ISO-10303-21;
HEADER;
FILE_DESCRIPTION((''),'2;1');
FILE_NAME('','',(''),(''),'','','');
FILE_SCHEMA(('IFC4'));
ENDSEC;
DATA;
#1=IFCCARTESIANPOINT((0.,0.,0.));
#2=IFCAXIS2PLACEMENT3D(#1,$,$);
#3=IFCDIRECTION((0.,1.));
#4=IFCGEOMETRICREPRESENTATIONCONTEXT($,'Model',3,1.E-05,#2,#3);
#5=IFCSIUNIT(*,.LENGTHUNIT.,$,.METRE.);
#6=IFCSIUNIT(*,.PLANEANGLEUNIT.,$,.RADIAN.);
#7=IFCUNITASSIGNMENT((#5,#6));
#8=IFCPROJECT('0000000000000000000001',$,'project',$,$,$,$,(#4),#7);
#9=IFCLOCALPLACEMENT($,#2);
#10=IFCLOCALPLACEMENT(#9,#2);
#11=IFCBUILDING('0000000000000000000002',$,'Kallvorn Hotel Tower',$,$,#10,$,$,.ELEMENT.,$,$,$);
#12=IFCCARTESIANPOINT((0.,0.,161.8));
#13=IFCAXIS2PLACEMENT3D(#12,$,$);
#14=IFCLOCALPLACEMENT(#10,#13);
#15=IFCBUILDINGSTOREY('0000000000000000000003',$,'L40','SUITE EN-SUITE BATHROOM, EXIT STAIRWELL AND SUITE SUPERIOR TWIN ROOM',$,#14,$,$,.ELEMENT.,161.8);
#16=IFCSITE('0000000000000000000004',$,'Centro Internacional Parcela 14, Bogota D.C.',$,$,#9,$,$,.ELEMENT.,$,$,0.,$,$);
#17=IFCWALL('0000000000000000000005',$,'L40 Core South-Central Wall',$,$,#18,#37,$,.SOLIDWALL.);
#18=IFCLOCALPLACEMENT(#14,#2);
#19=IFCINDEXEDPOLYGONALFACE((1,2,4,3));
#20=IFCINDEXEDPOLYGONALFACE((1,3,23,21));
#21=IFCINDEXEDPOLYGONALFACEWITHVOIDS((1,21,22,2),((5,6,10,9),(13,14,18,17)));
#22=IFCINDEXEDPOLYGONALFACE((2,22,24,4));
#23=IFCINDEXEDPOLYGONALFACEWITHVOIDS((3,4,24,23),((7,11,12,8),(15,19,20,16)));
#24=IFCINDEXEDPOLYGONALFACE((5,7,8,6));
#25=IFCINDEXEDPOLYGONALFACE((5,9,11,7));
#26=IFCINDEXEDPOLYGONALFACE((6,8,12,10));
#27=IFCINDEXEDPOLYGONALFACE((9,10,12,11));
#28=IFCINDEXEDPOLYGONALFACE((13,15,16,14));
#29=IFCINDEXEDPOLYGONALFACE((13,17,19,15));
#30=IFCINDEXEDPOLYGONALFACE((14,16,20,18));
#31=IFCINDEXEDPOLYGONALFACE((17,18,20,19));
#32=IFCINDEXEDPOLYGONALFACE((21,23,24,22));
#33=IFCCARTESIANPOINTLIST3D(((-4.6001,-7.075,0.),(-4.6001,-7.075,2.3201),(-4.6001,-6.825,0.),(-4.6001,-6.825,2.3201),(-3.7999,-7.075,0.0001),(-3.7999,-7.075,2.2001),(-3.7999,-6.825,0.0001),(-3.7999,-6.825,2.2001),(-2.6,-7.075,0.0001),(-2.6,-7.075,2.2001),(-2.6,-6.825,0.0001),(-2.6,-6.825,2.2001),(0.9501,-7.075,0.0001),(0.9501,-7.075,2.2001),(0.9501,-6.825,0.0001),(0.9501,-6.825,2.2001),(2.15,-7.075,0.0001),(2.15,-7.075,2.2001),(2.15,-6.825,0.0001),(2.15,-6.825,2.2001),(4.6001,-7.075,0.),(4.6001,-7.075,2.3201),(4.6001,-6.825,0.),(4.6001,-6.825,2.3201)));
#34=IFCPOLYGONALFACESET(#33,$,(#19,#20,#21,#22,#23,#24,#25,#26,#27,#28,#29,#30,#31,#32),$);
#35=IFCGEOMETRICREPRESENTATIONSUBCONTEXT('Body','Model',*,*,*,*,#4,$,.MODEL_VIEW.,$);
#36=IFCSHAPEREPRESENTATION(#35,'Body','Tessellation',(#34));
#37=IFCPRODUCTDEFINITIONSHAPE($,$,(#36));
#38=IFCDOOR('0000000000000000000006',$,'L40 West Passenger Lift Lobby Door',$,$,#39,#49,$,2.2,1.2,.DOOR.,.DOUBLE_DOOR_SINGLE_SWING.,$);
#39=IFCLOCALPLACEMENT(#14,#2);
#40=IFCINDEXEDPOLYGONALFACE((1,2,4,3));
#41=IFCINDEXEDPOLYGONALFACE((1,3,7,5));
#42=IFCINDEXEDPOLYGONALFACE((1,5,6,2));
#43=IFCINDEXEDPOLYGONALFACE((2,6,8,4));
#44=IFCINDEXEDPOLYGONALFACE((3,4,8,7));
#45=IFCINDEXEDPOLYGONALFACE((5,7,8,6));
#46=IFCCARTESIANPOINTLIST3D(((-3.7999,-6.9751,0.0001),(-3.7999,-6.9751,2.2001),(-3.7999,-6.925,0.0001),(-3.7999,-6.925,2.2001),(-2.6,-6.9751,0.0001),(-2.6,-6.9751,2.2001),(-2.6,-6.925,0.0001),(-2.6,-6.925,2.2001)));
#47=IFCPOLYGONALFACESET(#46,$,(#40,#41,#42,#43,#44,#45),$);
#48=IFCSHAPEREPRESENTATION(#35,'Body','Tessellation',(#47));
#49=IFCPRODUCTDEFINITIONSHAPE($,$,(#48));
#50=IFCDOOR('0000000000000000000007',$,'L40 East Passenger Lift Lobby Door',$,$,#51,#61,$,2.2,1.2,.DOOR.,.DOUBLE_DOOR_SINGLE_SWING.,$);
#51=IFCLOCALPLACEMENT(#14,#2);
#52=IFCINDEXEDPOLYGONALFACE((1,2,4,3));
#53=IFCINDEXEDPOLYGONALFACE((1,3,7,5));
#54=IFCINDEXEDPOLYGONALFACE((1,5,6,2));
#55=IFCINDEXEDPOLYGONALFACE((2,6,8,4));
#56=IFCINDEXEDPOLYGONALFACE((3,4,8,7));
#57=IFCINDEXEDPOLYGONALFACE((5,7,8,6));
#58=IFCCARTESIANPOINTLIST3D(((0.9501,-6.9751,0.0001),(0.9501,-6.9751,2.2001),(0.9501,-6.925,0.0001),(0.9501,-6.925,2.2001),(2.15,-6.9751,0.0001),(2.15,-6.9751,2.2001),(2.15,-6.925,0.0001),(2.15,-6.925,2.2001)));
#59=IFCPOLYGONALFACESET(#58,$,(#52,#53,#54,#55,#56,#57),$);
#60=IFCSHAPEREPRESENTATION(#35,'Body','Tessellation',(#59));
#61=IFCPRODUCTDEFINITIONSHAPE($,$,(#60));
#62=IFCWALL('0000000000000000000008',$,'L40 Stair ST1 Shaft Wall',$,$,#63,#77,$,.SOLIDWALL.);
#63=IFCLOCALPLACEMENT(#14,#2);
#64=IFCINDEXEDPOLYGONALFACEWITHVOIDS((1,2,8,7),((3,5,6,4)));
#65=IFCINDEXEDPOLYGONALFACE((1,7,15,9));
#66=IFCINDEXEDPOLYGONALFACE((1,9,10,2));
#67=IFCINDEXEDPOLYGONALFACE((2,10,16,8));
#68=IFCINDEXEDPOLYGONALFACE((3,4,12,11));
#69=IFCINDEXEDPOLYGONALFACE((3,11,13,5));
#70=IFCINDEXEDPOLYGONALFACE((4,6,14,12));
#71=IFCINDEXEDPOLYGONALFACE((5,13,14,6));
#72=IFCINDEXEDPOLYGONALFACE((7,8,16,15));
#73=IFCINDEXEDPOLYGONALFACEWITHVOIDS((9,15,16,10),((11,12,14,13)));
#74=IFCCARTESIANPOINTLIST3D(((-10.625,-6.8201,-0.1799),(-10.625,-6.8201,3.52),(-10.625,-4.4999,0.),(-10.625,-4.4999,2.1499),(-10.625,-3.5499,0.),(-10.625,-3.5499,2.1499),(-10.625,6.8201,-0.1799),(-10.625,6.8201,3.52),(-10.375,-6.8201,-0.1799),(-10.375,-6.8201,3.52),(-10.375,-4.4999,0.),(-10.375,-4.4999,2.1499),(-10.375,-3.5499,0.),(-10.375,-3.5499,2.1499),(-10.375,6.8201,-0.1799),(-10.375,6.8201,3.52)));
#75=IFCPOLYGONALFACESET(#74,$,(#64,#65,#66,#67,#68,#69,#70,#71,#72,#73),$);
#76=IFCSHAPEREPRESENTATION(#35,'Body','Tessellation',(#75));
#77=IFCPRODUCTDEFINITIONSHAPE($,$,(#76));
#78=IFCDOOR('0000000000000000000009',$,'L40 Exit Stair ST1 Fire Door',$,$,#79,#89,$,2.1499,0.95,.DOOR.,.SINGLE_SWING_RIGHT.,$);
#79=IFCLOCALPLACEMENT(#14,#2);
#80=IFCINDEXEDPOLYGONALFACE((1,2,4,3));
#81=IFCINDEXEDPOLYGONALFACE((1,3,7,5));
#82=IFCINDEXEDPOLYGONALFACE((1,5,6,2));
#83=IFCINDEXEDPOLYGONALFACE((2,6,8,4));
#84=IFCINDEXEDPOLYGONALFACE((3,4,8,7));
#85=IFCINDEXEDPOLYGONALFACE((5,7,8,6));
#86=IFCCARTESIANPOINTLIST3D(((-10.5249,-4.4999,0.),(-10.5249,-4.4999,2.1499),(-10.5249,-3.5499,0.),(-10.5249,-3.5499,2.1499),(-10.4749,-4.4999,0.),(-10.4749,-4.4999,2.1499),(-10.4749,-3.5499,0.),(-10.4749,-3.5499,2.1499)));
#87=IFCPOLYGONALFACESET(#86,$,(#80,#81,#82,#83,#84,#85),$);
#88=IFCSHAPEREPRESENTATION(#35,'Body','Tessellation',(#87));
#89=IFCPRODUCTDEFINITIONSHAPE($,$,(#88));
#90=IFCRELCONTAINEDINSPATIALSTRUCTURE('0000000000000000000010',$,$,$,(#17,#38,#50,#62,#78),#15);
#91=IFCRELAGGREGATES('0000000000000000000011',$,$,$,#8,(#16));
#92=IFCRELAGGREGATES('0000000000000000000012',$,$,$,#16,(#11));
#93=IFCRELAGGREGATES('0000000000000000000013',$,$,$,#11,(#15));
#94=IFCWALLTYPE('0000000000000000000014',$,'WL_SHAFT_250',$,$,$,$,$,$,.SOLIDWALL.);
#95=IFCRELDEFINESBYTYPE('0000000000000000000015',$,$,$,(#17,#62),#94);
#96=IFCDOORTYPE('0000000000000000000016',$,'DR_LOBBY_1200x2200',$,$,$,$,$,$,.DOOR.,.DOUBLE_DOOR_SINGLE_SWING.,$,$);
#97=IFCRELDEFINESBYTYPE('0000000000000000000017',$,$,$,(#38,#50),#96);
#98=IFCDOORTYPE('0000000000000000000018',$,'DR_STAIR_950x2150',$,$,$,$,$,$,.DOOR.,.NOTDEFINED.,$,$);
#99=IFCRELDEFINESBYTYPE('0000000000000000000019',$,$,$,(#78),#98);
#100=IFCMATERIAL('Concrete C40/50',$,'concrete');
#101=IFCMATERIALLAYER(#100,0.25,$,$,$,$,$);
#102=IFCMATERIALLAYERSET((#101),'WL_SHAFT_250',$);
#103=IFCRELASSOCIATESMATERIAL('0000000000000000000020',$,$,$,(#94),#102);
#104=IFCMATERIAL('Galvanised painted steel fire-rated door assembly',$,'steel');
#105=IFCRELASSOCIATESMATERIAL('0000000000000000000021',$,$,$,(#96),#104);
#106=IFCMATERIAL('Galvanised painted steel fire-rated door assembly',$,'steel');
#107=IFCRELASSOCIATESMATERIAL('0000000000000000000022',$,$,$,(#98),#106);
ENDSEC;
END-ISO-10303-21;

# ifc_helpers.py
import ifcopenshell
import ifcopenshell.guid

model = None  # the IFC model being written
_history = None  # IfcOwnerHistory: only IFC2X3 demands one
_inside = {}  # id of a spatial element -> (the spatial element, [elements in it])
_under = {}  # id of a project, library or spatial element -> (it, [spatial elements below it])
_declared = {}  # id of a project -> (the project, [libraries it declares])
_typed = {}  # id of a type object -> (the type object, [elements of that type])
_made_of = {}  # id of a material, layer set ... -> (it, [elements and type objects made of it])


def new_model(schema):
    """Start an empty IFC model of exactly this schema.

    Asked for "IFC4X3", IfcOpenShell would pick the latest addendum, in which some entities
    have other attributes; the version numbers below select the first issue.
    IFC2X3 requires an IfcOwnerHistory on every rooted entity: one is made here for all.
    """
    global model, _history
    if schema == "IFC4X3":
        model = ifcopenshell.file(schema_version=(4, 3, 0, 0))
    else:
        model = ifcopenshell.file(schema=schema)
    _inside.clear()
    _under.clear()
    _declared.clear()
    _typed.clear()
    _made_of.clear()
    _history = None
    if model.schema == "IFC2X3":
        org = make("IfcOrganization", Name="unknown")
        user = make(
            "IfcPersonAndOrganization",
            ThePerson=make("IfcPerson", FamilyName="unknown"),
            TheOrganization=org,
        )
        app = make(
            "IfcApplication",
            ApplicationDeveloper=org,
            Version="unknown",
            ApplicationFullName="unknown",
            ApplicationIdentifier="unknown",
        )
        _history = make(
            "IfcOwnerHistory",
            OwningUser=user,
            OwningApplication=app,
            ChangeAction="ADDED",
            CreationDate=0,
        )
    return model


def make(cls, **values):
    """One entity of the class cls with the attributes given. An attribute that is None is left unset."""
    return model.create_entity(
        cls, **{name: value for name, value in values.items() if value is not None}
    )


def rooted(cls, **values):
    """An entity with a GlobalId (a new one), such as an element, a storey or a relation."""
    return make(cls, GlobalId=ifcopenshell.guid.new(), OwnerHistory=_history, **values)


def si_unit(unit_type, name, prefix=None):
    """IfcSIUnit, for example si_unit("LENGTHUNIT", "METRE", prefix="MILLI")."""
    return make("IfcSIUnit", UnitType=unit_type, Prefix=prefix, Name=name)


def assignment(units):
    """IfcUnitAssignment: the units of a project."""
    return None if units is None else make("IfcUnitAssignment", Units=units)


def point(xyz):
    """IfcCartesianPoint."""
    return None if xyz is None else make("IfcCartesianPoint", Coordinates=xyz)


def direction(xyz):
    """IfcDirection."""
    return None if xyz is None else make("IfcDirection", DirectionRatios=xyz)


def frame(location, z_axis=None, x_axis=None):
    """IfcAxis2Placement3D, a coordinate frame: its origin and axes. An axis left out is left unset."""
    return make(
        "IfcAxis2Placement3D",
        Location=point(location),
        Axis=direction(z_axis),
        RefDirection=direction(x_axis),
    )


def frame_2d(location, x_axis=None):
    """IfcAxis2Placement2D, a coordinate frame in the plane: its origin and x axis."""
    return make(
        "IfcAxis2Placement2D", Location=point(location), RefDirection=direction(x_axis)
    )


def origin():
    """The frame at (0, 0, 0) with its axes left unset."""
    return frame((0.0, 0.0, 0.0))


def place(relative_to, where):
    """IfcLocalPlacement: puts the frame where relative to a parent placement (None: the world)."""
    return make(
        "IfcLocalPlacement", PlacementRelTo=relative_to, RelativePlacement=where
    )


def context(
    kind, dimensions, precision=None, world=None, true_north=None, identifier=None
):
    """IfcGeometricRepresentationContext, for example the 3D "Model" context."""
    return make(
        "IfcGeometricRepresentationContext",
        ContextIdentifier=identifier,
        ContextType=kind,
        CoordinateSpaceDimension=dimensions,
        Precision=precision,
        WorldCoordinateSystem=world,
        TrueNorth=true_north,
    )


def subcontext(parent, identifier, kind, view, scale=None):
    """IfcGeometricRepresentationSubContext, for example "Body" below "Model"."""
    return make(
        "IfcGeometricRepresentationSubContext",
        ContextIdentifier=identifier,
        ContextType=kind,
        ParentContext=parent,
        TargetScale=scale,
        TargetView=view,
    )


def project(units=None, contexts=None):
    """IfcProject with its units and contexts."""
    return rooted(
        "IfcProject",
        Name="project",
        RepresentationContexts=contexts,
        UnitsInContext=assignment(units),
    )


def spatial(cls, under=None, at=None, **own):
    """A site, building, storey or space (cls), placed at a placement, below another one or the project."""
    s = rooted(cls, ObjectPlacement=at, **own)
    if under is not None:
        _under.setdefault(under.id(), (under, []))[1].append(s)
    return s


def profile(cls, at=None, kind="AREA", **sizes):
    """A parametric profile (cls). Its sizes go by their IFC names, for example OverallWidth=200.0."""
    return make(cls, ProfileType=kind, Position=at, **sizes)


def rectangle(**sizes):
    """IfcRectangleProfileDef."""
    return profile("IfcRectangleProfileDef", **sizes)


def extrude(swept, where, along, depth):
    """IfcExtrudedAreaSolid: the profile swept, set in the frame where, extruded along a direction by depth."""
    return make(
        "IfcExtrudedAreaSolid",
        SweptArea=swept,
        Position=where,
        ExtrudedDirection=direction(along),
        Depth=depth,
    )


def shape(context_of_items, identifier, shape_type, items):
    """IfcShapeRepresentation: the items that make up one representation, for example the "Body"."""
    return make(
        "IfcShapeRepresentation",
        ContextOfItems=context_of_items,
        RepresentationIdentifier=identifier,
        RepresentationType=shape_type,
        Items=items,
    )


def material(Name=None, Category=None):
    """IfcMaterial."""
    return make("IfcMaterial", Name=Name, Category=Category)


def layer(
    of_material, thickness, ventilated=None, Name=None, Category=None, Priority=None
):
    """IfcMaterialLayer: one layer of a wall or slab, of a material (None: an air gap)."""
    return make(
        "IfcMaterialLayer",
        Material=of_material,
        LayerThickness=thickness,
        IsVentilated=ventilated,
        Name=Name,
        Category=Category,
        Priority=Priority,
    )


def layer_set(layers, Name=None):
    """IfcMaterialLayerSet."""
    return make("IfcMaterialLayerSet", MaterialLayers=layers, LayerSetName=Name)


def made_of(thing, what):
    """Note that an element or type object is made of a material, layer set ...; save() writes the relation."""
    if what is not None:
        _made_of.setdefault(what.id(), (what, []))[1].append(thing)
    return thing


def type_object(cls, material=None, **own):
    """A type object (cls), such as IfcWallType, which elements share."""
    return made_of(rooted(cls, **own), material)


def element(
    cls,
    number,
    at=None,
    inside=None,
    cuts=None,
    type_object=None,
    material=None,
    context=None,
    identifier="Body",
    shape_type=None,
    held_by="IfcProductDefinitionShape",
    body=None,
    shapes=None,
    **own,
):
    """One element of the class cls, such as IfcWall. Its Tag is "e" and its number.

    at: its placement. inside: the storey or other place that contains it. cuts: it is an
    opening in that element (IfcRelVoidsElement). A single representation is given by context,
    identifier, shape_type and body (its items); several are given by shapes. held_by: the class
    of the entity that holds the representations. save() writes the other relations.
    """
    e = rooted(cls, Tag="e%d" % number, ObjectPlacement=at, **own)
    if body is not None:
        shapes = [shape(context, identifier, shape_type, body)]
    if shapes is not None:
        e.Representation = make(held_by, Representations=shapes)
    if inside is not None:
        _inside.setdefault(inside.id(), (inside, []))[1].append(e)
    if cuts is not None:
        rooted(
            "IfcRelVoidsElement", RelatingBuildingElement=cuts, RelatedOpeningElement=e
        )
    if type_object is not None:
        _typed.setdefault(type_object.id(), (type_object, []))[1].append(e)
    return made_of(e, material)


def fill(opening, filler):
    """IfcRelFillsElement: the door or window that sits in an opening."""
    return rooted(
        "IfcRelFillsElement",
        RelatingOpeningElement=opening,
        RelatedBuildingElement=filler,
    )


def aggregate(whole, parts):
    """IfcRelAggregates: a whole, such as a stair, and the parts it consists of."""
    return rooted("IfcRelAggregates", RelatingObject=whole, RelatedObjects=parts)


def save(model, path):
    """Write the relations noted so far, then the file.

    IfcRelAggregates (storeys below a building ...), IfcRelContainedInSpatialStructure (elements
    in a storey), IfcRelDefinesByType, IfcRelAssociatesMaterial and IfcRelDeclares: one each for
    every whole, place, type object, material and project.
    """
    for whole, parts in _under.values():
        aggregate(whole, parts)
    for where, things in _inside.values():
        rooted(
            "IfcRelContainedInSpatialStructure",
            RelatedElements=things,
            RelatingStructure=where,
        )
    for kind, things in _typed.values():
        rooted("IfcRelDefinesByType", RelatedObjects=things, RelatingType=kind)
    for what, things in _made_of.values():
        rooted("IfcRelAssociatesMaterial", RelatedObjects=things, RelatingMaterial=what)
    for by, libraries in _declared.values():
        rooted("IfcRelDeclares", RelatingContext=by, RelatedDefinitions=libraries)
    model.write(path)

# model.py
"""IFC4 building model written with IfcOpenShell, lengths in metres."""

from ifc_helpers import new_model, si_unit, direction, frame, frame_2d, origin, place, context, subcontext, project, spatial, rectangle, extrude, material, layer, layer_set, type_object, element, fill, save


model = new_model("IFC4")

# Units and contexts
model_context = context("Model", 3, precision=1e-05, world=origin(), true_north=direction((0.0, 1.0)))
body_context = subcontext(model_context, "Body", "Model", "MODEL_VIEW")
ifc_project = project(units=[si_unit("LENGTHUNIT", "METRE"), si_unit("PLANEANGLEUNIT", "RADIAN")], contexts=[model_context])

# Site, building, storey
site_placement = place(None, origin())
site = spatial("IfcSite", under=ifc_project, at=site_placement, Name="Centro Internacional Parcela 14, Bogota D.C.", CompositionType="ELEMENT", RefElevation=0.0)
building_placement = place(site_placement, origin())
building = spatial("IfcBuilding", under=site, at=building_placement, Name="Kallvorn Hotel Tower", CompositionType="ELEMENT")
storey_placement = place(building_placement, frame((0.0, 0.0, 161.8)))
storey = spatial("IfcBuildingStorey", under=building, at=storey_placement, Name="L40", Description="SUITE EN-SUITE BATHROOM, EXIT STAIRWELL AND SUITE SUPERIOR TWIN ROOM", CompositionType="ELEMENT", Elevation=161.8)

# Wall, openings, doors
ifc_material_1 = material(Name="Concrete C40/50", Category="concrete")
ifc_layer_1 = layer(ifc_material_1, 0.25)
ifc_layer_set_1 = layer_set([ifc_layer_1], Name="WL_SHAFT_250")
wall_type_1 = type_object("IfcWallType", Name="WL_SHAFT_250", PredefinedType="SOLIDWALL", material=ifc_layer_set_1)
wall_1_placement = place(storey_placement, frame((-4.6001, -6.95, 0.0), z_axis=(0.0, 0.0, 1.0), x_axis=(1.0, 0.0, 0.0)))
wall_1 = element("IfcWall", 1, at=wall_1_placement, inside=storey, type_object=wall_type_1, Name="L40 Core South-Central Wall", PredefinedType="SOLIDWALL", context=body_context, shape_type="SweptSolid", body=[
    extrude(rectangle(XDim=9.2002, YDim=0.25, at=frame_2d((4.6001, 0.0))), origin(), (0.0, 0.0, 1.0), 2.3201),
])
opening_1_placement = place(wall_1_placement, frame((0.8, 0.0, 0.0)))
opening_1 = element("IfcOpeningElement", 2, at=opening_1_placement, cuts=wall_1, PredefinedType="OPENING", context=body_context, shape_type="SweptSolid", body=[
    extrude(rectangle(XDim=1.2, YDim=2.2, at=frame_2d((0.6001, 1.1001))), frame((0.0, 0.1399, 0.0), z_axis=(0.0, -1.0, 0.0), x_axis=(1.0, 0.0, 0.0)), (0.0, 0.0, 1.0), 0.28),
])
opening_2_placement = place(wall_1_placement, frame((5.55, 0.0, 0.0)))
opening_2 = element("IfcOpeningElement", 3, at=opening_2_placement, cuts=wall_1, PredefinedType="OPENING", context=body_context, shape_type="SweptSolid", body=[
    extrude(rectangle(XDim=1.2, YDim=2.2, at=frame_2d((0.6001, 1.1001))), frame((0.0, 0.1399, 0.0), z_axis=(0.0, -1.0, 0.0), x_axis=(1.0, 0.0, 0.0)), (0.0, 0.0, 1.0), 0.28),
])
ifc_material_2 = material(Name="Galvanised painted steel fire-rated door assembly", Category="steel")
door_type_1 = type_object("IfcDoorType", Name="DR_LOBBY_1200x2200", OperationType="DOUBLE_DOOR_SINGLE_SWING", PredefinedType="DOOR", material=ifc_material_2)
door_1_placement = place(opening_1_placement, origin())
door_1 = element("IfcDoor", 4, at=door_1_placement, inside=storey, type_object=door_type_1, Name="L40 West Passenger Lift Lobby Door", OperationType="DOUBLE_DOOR_SINGLE_SWING", OverallHeight=2.2, OverallWidth=1.2, PredefinedType="DOOR", context=body_context, shape_type="SweptSolid", body=[
    extrude(rectangle(XDim=1.2, YDim=2.2, at=frame_2d((0.6001, 1.1001))), frame((0.0, 0.0249, 0.0), z_axis=(0.0, -1.0, 0.0), x_axis=(1.0, 0.0, 0.0)), (0.0, 0.0, 1.0), 0.05),
])
fill(opening_1, door_1)
door_2_placement = place(opening_2_placement, origin())
door_2 = element("IfcDoor", 5, at=door_2_placement, inside=storey, type_object=door_type_1, Name="L40 East Passenger Lift Lobby Door", OperationType="DOUBLE_DOOR_SINGLE_SWING", OverallHeight=2.2, OverallWidth=1.2, PredefinedType="DOOR", context=body_context, shape_type="SweptSolid", body=[
    extrude(rectangle(XDim=1.2, YDim=2.2, at=frame_2d((0.6001, 1.1001))), frame((0.0, 0.0249, 0.0), z_axis=(0.0, -1.0, 0.0), x_axis=(1.0, 0.0, 0.0)), (0.0, 0.0, 1.0), 0.05),
])
fill(opening_2, door_2)

# Wall, opening, door
wall_2_placement = place(storey_placement, frame((-10.5, -6.8201, -0.1799), z_axis=(0.0, 0.0, 1.0), x_axis=(0.0, 1.0, 0.0)))
wall_2 = element("IfcWall", 6, at=wall_2_placement, inside=storey, type_object=wall_type_1, Name="L40 Stair ST1 Shaft Wall", PredefinedType="SOLIDWALL", context=body_context, shape_type="SweptSolid", body=[
    extrude(rectangle(XDim=13.6401, YDim=0.25, at=frame_2d((6.8201, 0.0))), origin(), (0.0, 0.0, 1.0), 3.7),
])
opening_3_placement = place(wall_2_placement, frame((2.3201, 0.0, 0.1799)))
opening_3 = element("IfcOpeningElement", 7, at=opening_3_placement, cuts=wall_2, PredefinedType="OPENING", context=body_context, shape_type="SweptSolid", body=[
    extrude(rectangle(XDim=0.95, YDim=2.1499, at=frame_2d((0.4751, 1.075))), frame((0.0, 0.1399, 0.0), z_axis=(0.0, -1.0, 0.0), x_axis=(1.0, 0.0, 0.0)), (0.0, 0.0, 1.0), 0.28),
])
ifc_material_3 = material(Name="Galvanised painted steel fire-rated door assembly", Category="steel")
door_type_2 = type_object("IfcDoorType", Name="DR_STAIR_950x2150", OperationType="NOTDEFINED", PredefinedType="DOOR", material=ifc_material_3)
door_3_placement = place(opening_3_placement, origin())
door_3 = element("IfcDoor", 8, at=door_3_placement, inside=storey, type_object=door_type_2, Name="L40 Exit Stair ST1 Fire Door", OperationType="SINGLE_SWING_RIGHT", OverallHeight=2.1499, OverallWidth=0.95, PredefinedType="DOOR", context=body_context, shape_type="SweptSolid", body=[
    extrude(rectangle(XDim=0.95, YDim=2.1499, at=frame_2d((0.4751, 1.075))), frame((0.0, 0.0249, 0.0), z_axis=(0.0, -1.0, 0.0), x_axis=(1.0, 0.0, 0.0)), (0.0, 0.0, 1.0), 0.05),
])
fill(opening_3, door_3)

save(model, "model.ifc")
